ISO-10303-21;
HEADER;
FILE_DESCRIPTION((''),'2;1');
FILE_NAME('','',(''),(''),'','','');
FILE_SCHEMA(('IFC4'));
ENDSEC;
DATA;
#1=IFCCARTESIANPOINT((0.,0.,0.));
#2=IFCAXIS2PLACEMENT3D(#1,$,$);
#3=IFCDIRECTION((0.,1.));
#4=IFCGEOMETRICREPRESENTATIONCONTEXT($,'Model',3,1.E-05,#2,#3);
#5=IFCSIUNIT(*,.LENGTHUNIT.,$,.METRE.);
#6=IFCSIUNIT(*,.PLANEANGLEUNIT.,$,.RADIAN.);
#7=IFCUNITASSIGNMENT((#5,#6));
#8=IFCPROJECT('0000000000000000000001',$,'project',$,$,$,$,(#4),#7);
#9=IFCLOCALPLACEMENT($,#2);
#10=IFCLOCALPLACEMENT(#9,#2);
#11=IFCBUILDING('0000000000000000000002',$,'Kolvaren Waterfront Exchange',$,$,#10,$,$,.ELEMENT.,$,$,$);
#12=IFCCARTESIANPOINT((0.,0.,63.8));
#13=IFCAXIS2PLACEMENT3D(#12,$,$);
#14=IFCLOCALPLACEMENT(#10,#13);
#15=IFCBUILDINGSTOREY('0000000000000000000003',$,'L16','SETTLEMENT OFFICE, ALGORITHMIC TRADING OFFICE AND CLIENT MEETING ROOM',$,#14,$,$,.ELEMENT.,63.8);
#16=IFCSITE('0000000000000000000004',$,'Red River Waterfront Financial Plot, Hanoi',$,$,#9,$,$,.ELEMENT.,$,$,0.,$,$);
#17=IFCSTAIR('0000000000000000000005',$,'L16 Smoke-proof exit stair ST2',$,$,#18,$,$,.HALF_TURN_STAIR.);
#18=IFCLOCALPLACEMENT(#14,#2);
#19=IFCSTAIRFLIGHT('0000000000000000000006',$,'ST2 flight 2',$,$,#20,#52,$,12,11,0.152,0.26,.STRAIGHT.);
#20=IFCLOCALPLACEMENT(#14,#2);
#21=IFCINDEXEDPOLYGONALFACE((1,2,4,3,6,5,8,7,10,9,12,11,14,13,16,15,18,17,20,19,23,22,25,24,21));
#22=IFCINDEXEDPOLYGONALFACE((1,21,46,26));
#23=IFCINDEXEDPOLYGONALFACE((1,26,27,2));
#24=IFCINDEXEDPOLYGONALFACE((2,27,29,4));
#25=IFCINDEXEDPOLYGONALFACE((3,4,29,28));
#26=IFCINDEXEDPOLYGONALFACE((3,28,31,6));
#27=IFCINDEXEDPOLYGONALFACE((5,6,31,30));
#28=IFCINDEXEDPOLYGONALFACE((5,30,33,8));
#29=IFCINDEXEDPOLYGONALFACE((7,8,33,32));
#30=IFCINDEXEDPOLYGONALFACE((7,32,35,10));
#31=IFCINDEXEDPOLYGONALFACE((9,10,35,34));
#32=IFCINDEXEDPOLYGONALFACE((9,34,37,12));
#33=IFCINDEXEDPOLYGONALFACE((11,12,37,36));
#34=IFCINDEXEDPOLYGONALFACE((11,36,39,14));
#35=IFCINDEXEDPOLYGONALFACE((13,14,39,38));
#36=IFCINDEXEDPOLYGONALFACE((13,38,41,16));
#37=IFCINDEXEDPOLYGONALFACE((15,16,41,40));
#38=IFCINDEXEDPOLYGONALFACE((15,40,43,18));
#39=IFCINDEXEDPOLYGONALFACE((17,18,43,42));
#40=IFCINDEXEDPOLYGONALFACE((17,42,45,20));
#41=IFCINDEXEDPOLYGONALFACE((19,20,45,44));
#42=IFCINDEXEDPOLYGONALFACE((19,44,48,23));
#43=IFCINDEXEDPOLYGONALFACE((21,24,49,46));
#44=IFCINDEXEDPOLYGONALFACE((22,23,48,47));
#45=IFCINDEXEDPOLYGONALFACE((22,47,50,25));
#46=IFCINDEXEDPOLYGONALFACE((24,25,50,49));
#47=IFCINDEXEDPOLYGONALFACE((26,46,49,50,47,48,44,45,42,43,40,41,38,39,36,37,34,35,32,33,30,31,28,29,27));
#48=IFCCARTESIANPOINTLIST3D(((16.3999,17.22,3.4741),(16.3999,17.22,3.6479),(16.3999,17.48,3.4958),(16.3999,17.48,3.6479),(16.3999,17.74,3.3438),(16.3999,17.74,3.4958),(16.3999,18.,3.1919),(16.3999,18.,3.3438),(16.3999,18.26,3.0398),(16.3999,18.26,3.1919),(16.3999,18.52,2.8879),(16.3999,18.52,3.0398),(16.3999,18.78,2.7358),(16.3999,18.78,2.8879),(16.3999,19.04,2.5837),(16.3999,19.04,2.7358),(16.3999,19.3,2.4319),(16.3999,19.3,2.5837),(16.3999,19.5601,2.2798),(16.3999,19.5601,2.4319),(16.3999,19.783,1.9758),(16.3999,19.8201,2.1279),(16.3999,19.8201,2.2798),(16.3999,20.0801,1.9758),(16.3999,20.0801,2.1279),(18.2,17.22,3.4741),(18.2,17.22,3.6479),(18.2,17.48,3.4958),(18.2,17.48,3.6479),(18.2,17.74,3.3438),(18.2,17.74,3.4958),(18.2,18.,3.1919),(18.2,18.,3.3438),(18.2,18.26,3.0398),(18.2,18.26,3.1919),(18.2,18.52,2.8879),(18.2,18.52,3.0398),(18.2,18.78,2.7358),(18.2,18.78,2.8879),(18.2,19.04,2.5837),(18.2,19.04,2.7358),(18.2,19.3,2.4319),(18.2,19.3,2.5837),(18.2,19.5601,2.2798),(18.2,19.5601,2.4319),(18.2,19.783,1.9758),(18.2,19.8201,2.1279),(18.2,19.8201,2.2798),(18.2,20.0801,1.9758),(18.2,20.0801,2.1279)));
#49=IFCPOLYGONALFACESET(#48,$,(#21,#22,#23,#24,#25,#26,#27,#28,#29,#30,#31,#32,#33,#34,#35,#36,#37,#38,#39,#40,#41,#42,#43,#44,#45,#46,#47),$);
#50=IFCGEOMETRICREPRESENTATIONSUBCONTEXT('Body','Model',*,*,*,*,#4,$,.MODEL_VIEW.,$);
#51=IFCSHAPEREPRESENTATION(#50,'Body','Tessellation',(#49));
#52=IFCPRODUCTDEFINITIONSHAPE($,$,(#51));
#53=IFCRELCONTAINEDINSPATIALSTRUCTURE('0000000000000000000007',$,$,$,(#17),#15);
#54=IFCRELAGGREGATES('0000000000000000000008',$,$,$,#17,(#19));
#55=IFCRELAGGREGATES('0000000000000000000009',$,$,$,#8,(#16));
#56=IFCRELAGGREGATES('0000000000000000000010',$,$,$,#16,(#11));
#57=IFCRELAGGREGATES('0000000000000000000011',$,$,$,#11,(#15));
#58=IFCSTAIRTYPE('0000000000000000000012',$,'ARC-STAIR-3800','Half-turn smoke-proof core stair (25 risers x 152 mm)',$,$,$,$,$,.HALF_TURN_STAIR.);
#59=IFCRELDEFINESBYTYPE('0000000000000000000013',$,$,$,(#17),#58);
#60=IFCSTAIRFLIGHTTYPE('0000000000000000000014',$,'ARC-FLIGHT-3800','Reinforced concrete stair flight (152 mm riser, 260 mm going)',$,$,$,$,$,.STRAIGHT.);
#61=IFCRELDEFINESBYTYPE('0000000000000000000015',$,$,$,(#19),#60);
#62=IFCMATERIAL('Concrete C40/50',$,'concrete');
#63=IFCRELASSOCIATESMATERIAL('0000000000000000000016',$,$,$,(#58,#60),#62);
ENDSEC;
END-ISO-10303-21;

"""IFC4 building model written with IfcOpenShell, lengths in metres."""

from ifc_helpers import new_model, si_unit, direction, frame, origin, place, context, subcontext, project, spatial, polyline, outline, extrude, material, type_object, element, aggregate, save


model = new_model("IFC4")

# Units and contexts
model_context = context("Model", 3, precision=1e-05, world=origin(), true_north=direction((0.0, 1.0)))
body_context = subcontext(model_context, "Body", "Model", "MODEL_VIEW")
ifc_project = project(units=[si_unit("LENGTHUNIT", "METRE"), si_unit("PLANEANGLEUNIT", "RADIAN")], contexts=[model_context])

# Site, building, storey
site_placement = place(None, origin())
site = spatial("IfcSite", under=ifc_project, at=site_placement, Name="Red River Waterfront Financial Plot, Hanoi", CompositionType="ELEMENT", RefElevation=0.0)
building_placement = place(site_placement, origin())
building = spatial("IfcBuilding", under=site, at=building_placement, Name="Kolvaren Waterfront Exchange", CompositionType="ELEMENT")
storey_placement = place(building_placement, frame((0.0, 0.0, 63.8)))
storey = spatial("IfcBuildingStorey", under=building, at=storey_placement, Name="L16", Description="SETTLEMENT OFFICE, ALGORITHMIC TRADING OFFICE AND CLIENT MEETING ROOM", CompositionType="ELEMENT", Elevation=63.8)

# Stair, stair flight
ifc_material_1 = material(Name="Concrete C40/50", Category="concrete")
stair_type = type_object("IfcStairType", Name="ARC-STAIR-3800", Description="Half-turn smoke-proof core stair (25 risers x 152 mm)", PredefinedType="HALF_TURN_STAIR", material=ifc_material_1)
stair_placement = place(storey_placement, origin())
stair = element("IfcStair", 1, at=stair_placement, inside=storey, type_object=stair_type, Name="L16 Smoke-proof exit stair ST2", PredefinedType="HALF_TURN_STAIR")
stair_flight_type = type_object("IfcStairFlightType", Name="ARC-FLIGHT-3800", Description="Reinforced concrete stair flight (152 mm riser, 260 mm going)", PredefinedType="STRAIGHT", material=ifc_material_1)
stair_flight_placement = place(storey_placement, frame((17.3, 20.0801, 1.9758), z_axis=(0.0, 0.0, 1.0), x_axis=(0.0, -1.0, 0.0)))
stair_flight = element("IfcStairFlight", 2, at=stair_flight_placement, type_object=stair_flight_type, Name="ST2 flight 2", NumberOfRisers=12, NumberOfTreads=11, PredefinedType="STRAIGHT", RiserHeight=0.152, TreadLength=0.26, context=body_context, shape_type="SweptSolid", body=[
    extrude(outline(polyline([(0.0, 0.0), (0.0, 0.1521), (0.26, 0.1521), (0.26, 0.304), (0.52, 0.304), (0.52, 0.4561), (0.78, 0.4561), (0.78, 0.6079), (1.04, 0.6079), (1.04, 0.76), (1.3, 0.76), (1.3, 0.9121), (1.5601, 0.9121), (1.5601, 1.064), (1.8201, 1.064), (1.8201, 1.2161), (2.0801, 1.2161), (2.0801, 1.3679), (2.3401, 1.3679), (2.3401, 1.52), (2.6001, 1.52), (2.6001, 1.6721), (2.8601, 1.6721), (2.8601, 1.824), (2.8601, 1.4983), (0.2971, 0.0), (0.0, 0.0)])), frame((0.0, 0.8999, 0.0), z_axis=(0.0, -1.0, 0.0), x_axis=(1.0, 0.0, 0.0)), (0.0, 0.0, 1.0), 1.8),
])
aggregate(stair, [stair_flight])

save(model, "model.ifc")
